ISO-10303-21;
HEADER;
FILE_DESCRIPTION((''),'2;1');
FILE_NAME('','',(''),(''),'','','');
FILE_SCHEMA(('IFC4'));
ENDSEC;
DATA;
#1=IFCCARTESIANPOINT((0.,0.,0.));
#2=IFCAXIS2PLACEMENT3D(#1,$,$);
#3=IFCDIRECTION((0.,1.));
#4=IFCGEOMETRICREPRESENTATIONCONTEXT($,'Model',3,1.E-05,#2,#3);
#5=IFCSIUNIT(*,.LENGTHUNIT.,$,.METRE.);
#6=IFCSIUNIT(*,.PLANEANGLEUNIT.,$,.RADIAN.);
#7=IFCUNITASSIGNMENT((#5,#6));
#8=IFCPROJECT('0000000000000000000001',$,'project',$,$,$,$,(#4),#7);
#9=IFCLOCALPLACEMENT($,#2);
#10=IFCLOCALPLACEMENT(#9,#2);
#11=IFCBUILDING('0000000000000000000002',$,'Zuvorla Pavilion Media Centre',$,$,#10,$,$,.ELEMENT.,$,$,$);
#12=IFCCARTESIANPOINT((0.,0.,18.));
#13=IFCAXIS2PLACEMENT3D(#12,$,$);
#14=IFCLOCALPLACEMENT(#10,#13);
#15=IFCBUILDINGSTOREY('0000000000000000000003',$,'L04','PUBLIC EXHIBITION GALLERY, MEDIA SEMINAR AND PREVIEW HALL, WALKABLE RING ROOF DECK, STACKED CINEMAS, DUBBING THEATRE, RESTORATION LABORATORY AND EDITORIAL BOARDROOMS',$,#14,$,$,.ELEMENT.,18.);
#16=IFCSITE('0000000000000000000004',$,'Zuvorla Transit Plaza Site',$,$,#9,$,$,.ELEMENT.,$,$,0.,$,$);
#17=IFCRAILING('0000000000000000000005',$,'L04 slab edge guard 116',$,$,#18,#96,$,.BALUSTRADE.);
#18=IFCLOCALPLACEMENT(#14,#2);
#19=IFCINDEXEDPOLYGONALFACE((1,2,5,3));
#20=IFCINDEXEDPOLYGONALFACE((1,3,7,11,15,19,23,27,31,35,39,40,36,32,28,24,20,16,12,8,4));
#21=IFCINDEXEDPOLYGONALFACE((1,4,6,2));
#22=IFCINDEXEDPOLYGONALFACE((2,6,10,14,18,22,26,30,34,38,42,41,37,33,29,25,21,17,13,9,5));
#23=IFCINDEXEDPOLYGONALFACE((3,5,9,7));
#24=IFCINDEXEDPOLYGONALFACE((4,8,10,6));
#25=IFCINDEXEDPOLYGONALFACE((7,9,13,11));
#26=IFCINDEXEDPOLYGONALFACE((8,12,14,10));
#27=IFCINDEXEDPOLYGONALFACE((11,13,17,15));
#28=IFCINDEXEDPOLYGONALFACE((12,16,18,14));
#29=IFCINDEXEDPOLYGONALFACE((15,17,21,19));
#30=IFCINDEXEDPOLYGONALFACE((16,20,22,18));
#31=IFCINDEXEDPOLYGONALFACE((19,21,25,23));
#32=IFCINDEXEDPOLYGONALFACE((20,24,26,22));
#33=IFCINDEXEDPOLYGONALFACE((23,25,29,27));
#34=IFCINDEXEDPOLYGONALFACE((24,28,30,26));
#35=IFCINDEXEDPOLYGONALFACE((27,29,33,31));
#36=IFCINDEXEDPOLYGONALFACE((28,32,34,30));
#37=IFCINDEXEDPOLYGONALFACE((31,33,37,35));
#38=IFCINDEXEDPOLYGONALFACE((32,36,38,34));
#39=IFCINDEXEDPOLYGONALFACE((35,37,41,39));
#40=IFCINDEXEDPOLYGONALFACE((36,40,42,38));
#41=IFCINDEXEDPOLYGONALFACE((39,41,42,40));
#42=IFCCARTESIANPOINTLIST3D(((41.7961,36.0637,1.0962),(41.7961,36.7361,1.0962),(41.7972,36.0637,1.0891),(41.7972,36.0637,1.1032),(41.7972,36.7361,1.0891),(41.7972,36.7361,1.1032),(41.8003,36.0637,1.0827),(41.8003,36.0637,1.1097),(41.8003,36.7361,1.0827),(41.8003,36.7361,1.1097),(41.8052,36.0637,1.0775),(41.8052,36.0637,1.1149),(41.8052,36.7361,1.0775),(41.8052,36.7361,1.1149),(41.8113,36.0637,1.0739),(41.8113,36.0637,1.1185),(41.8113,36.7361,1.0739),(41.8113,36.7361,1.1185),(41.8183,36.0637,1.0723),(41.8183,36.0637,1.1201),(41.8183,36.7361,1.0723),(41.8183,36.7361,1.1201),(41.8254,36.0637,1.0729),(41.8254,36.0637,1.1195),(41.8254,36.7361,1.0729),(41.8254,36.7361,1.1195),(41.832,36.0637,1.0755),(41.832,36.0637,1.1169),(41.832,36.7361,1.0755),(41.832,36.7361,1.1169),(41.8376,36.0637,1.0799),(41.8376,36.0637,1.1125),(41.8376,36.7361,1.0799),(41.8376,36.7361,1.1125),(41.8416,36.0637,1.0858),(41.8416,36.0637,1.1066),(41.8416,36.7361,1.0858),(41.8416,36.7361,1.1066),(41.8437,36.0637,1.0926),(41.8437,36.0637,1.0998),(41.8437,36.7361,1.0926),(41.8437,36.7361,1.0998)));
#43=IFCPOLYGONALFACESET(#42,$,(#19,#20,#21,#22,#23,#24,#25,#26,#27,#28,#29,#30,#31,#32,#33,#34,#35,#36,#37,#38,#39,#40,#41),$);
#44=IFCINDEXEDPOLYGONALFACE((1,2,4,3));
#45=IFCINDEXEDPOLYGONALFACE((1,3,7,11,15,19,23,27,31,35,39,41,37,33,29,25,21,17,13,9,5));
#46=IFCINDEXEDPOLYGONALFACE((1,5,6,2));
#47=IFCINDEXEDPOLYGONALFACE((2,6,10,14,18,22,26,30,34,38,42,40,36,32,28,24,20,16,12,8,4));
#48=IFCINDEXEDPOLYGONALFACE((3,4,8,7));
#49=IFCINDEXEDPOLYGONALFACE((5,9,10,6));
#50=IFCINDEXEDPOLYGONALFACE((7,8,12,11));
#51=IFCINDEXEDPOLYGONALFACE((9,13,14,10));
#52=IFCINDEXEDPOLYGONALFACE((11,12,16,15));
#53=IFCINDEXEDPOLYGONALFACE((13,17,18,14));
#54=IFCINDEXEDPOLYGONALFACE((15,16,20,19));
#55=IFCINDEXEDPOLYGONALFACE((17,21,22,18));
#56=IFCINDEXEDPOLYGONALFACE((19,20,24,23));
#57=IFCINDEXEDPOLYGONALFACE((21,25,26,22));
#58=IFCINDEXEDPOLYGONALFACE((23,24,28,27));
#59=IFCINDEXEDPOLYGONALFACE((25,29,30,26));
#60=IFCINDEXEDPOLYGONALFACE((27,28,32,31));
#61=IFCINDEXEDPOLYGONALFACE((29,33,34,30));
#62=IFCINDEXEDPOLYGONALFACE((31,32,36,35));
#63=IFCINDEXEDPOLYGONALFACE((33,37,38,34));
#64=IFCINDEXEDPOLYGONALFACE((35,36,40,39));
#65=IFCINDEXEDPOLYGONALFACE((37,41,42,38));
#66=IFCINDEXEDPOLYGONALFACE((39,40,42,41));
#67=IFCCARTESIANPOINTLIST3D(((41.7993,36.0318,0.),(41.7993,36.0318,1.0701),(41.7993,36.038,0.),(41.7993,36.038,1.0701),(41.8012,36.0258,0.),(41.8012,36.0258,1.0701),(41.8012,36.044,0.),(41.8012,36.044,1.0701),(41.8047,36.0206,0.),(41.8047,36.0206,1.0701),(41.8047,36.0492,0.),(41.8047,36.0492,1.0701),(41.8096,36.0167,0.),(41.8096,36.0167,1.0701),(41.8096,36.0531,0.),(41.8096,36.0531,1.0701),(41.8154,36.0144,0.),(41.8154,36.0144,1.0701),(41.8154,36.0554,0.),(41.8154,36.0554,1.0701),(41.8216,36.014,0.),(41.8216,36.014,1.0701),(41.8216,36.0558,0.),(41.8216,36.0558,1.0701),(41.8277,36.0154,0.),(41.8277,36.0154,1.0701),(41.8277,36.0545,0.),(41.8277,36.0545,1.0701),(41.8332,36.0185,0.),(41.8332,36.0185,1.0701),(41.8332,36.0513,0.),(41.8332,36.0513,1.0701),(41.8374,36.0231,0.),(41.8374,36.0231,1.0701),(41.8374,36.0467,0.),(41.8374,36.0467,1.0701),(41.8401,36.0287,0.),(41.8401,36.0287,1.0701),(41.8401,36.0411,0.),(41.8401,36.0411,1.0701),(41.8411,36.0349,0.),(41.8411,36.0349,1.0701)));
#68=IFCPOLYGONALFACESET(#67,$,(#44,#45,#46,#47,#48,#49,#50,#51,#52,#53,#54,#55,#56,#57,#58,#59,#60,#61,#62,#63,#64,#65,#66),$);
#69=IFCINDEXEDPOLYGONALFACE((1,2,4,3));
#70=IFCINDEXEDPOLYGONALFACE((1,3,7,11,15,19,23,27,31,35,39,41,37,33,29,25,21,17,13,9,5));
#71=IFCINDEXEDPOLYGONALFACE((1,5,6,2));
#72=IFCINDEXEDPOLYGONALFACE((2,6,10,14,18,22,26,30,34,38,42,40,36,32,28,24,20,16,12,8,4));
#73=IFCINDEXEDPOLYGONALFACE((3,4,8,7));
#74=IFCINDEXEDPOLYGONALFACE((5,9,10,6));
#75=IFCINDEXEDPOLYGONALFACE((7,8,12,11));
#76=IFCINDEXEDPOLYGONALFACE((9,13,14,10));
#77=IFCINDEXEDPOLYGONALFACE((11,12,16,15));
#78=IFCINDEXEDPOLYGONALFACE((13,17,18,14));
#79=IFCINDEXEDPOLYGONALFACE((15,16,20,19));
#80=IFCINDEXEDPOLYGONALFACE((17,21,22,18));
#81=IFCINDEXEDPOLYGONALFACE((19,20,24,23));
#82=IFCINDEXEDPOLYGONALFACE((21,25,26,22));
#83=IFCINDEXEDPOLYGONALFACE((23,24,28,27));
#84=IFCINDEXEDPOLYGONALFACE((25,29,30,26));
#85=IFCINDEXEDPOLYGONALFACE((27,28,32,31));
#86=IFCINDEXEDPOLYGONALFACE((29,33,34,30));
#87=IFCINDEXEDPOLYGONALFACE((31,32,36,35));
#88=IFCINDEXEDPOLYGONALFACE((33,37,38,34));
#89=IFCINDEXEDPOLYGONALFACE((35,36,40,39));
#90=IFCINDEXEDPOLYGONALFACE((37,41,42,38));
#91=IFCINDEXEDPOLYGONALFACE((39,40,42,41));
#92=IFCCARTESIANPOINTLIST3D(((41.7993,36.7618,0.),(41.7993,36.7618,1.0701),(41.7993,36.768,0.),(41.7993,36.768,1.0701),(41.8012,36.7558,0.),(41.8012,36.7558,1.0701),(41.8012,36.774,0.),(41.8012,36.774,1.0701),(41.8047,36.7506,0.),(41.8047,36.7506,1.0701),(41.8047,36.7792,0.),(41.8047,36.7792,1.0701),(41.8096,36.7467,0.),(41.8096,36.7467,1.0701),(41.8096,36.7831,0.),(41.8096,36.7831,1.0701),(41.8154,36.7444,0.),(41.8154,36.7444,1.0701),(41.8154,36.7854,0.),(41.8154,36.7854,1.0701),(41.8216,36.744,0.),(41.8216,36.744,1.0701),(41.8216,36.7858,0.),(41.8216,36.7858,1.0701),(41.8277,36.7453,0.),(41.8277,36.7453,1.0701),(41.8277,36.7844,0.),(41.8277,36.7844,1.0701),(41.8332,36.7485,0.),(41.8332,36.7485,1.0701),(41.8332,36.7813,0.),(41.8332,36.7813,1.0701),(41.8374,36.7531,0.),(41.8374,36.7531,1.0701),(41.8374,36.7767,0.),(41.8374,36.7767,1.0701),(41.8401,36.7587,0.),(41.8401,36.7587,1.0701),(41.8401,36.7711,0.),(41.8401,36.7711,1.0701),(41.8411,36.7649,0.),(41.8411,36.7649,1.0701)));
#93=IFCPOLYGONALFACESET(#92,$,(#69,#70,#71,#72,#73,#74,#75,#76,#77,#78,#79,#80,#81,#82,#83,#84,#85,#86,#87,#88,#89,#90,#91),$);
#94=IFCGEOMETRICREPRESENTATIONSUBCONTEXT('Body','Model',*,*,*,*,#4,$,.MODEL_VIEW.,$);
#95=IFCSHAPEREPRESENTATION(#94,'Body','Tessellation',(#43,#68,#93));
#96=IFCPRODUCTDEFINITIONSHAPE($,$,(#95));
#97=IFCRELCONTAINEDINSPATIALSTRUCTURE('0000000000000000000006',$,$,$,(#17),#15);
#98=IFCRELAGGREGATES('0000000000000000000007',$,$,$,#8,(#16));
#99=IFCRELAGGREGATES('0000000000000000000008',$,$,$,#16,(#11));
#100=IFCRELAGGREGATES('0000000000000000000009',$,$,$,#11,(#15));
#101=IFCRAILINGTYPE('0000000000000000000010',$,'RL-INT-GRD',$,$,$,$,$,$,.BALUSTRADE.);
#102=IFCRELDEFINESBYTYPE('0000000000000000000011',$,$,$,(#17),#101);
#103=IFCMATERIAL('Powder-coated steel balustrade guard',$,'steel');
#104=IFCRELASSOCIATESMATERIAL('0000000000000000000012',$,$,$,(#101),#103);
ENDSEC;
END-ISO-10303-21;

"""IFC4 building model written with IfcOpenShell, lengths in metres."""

from ifc_helpers import new_model, si_unit, direction, frame, origin, origin_2d, place, context, subcontext, project, spatial, circle, extrude, material, type_object, element, save


model = new_model("IFC4")

# Units and contexts
model_context = context("Model", 3, precision=1e-05, world=origin(), true_north=direction((0.0, 1.0)))
body_context = subcontext(model_context, "Body", "Model", "MODEL_VIEW")
ifc_project = project(units=[si_unit("LENGTHUNIT", "METRE"), si_unit("PLANEANGLEUNIT", "RADIAN")], contexts=[model_context])

# Site, building, storey
site_placement = place(None, origin())
site = spatial("IfcSite", under=ifc_project, at=site_placement, Name="Zuvorla Transit Plaza Site", CompositionType="ELEMENT", RefElevation=0.0)
building_placement = place(site_placement, origin())
building = spatial("IfcBuilding", under=site, at=building_placement, Name="Zuvorla Pavilion Media Centre", CompositionType="ELEMENT")
storey_placement = place(building_placement, frame((0.0, 0.0, 18.0)))
storey = spatial("IfcBuildingStorey", under=building, at=storey_placement, Name="L04", Description="PUBLIC EXHIBITION GALLERY, MEDIA SEMINAR AND PREVIEW HALL, WALKABLE RING ROOF DECK, STACKED CINEMAS, DUBBING THEATRE, RESTORATION LABORATORY AND EDITORIAL BOARDROOMS", CompositionType="ELEMENT", Elevation=18.0)

# Railing
ifc_material_1 = material(Name="Powder-coated steel balustrade guard", Category="steel")
railing_type = type_object("IfcRailingType", Name="RL-INT-GRD", PredefinedType="BALUSTRADE", material=ifc_material_1)
for number, where, name in (
    (1, (41.8201, 36.0349, 0.0), "L04 slab edge guard 116"),
):
    element("IfcRailing", number, at=place(storey_placement, frame(where)), inside=storey, type_object=railing_type, Name=name, PredefinedType="BALUSTRADE", context=body_context, shape_type="SweptSolid", body=[
        extrude(circle(Radius=0.0239, at=origin_2d()), frame((0.0, 0.0288, 1.0962), z_axis=(0.0, 1.0, 0.0), x_axis=(-1.0, 0.0, 0.0)), (0.0, 0.0, 1.0), 0.6724),
        extrude(circle(Radius=0.021, at=origin_2d()), origin(), (0.0, 0.0, 1.0), 1.0701),
        extrude(circle(Radius=0.021, at=origin_2d()), frame((0.0, 0.73, 0.0)), (0.0, 0.0, 1.0), 1.0701),
    ])

save(model, "model.ifc")
